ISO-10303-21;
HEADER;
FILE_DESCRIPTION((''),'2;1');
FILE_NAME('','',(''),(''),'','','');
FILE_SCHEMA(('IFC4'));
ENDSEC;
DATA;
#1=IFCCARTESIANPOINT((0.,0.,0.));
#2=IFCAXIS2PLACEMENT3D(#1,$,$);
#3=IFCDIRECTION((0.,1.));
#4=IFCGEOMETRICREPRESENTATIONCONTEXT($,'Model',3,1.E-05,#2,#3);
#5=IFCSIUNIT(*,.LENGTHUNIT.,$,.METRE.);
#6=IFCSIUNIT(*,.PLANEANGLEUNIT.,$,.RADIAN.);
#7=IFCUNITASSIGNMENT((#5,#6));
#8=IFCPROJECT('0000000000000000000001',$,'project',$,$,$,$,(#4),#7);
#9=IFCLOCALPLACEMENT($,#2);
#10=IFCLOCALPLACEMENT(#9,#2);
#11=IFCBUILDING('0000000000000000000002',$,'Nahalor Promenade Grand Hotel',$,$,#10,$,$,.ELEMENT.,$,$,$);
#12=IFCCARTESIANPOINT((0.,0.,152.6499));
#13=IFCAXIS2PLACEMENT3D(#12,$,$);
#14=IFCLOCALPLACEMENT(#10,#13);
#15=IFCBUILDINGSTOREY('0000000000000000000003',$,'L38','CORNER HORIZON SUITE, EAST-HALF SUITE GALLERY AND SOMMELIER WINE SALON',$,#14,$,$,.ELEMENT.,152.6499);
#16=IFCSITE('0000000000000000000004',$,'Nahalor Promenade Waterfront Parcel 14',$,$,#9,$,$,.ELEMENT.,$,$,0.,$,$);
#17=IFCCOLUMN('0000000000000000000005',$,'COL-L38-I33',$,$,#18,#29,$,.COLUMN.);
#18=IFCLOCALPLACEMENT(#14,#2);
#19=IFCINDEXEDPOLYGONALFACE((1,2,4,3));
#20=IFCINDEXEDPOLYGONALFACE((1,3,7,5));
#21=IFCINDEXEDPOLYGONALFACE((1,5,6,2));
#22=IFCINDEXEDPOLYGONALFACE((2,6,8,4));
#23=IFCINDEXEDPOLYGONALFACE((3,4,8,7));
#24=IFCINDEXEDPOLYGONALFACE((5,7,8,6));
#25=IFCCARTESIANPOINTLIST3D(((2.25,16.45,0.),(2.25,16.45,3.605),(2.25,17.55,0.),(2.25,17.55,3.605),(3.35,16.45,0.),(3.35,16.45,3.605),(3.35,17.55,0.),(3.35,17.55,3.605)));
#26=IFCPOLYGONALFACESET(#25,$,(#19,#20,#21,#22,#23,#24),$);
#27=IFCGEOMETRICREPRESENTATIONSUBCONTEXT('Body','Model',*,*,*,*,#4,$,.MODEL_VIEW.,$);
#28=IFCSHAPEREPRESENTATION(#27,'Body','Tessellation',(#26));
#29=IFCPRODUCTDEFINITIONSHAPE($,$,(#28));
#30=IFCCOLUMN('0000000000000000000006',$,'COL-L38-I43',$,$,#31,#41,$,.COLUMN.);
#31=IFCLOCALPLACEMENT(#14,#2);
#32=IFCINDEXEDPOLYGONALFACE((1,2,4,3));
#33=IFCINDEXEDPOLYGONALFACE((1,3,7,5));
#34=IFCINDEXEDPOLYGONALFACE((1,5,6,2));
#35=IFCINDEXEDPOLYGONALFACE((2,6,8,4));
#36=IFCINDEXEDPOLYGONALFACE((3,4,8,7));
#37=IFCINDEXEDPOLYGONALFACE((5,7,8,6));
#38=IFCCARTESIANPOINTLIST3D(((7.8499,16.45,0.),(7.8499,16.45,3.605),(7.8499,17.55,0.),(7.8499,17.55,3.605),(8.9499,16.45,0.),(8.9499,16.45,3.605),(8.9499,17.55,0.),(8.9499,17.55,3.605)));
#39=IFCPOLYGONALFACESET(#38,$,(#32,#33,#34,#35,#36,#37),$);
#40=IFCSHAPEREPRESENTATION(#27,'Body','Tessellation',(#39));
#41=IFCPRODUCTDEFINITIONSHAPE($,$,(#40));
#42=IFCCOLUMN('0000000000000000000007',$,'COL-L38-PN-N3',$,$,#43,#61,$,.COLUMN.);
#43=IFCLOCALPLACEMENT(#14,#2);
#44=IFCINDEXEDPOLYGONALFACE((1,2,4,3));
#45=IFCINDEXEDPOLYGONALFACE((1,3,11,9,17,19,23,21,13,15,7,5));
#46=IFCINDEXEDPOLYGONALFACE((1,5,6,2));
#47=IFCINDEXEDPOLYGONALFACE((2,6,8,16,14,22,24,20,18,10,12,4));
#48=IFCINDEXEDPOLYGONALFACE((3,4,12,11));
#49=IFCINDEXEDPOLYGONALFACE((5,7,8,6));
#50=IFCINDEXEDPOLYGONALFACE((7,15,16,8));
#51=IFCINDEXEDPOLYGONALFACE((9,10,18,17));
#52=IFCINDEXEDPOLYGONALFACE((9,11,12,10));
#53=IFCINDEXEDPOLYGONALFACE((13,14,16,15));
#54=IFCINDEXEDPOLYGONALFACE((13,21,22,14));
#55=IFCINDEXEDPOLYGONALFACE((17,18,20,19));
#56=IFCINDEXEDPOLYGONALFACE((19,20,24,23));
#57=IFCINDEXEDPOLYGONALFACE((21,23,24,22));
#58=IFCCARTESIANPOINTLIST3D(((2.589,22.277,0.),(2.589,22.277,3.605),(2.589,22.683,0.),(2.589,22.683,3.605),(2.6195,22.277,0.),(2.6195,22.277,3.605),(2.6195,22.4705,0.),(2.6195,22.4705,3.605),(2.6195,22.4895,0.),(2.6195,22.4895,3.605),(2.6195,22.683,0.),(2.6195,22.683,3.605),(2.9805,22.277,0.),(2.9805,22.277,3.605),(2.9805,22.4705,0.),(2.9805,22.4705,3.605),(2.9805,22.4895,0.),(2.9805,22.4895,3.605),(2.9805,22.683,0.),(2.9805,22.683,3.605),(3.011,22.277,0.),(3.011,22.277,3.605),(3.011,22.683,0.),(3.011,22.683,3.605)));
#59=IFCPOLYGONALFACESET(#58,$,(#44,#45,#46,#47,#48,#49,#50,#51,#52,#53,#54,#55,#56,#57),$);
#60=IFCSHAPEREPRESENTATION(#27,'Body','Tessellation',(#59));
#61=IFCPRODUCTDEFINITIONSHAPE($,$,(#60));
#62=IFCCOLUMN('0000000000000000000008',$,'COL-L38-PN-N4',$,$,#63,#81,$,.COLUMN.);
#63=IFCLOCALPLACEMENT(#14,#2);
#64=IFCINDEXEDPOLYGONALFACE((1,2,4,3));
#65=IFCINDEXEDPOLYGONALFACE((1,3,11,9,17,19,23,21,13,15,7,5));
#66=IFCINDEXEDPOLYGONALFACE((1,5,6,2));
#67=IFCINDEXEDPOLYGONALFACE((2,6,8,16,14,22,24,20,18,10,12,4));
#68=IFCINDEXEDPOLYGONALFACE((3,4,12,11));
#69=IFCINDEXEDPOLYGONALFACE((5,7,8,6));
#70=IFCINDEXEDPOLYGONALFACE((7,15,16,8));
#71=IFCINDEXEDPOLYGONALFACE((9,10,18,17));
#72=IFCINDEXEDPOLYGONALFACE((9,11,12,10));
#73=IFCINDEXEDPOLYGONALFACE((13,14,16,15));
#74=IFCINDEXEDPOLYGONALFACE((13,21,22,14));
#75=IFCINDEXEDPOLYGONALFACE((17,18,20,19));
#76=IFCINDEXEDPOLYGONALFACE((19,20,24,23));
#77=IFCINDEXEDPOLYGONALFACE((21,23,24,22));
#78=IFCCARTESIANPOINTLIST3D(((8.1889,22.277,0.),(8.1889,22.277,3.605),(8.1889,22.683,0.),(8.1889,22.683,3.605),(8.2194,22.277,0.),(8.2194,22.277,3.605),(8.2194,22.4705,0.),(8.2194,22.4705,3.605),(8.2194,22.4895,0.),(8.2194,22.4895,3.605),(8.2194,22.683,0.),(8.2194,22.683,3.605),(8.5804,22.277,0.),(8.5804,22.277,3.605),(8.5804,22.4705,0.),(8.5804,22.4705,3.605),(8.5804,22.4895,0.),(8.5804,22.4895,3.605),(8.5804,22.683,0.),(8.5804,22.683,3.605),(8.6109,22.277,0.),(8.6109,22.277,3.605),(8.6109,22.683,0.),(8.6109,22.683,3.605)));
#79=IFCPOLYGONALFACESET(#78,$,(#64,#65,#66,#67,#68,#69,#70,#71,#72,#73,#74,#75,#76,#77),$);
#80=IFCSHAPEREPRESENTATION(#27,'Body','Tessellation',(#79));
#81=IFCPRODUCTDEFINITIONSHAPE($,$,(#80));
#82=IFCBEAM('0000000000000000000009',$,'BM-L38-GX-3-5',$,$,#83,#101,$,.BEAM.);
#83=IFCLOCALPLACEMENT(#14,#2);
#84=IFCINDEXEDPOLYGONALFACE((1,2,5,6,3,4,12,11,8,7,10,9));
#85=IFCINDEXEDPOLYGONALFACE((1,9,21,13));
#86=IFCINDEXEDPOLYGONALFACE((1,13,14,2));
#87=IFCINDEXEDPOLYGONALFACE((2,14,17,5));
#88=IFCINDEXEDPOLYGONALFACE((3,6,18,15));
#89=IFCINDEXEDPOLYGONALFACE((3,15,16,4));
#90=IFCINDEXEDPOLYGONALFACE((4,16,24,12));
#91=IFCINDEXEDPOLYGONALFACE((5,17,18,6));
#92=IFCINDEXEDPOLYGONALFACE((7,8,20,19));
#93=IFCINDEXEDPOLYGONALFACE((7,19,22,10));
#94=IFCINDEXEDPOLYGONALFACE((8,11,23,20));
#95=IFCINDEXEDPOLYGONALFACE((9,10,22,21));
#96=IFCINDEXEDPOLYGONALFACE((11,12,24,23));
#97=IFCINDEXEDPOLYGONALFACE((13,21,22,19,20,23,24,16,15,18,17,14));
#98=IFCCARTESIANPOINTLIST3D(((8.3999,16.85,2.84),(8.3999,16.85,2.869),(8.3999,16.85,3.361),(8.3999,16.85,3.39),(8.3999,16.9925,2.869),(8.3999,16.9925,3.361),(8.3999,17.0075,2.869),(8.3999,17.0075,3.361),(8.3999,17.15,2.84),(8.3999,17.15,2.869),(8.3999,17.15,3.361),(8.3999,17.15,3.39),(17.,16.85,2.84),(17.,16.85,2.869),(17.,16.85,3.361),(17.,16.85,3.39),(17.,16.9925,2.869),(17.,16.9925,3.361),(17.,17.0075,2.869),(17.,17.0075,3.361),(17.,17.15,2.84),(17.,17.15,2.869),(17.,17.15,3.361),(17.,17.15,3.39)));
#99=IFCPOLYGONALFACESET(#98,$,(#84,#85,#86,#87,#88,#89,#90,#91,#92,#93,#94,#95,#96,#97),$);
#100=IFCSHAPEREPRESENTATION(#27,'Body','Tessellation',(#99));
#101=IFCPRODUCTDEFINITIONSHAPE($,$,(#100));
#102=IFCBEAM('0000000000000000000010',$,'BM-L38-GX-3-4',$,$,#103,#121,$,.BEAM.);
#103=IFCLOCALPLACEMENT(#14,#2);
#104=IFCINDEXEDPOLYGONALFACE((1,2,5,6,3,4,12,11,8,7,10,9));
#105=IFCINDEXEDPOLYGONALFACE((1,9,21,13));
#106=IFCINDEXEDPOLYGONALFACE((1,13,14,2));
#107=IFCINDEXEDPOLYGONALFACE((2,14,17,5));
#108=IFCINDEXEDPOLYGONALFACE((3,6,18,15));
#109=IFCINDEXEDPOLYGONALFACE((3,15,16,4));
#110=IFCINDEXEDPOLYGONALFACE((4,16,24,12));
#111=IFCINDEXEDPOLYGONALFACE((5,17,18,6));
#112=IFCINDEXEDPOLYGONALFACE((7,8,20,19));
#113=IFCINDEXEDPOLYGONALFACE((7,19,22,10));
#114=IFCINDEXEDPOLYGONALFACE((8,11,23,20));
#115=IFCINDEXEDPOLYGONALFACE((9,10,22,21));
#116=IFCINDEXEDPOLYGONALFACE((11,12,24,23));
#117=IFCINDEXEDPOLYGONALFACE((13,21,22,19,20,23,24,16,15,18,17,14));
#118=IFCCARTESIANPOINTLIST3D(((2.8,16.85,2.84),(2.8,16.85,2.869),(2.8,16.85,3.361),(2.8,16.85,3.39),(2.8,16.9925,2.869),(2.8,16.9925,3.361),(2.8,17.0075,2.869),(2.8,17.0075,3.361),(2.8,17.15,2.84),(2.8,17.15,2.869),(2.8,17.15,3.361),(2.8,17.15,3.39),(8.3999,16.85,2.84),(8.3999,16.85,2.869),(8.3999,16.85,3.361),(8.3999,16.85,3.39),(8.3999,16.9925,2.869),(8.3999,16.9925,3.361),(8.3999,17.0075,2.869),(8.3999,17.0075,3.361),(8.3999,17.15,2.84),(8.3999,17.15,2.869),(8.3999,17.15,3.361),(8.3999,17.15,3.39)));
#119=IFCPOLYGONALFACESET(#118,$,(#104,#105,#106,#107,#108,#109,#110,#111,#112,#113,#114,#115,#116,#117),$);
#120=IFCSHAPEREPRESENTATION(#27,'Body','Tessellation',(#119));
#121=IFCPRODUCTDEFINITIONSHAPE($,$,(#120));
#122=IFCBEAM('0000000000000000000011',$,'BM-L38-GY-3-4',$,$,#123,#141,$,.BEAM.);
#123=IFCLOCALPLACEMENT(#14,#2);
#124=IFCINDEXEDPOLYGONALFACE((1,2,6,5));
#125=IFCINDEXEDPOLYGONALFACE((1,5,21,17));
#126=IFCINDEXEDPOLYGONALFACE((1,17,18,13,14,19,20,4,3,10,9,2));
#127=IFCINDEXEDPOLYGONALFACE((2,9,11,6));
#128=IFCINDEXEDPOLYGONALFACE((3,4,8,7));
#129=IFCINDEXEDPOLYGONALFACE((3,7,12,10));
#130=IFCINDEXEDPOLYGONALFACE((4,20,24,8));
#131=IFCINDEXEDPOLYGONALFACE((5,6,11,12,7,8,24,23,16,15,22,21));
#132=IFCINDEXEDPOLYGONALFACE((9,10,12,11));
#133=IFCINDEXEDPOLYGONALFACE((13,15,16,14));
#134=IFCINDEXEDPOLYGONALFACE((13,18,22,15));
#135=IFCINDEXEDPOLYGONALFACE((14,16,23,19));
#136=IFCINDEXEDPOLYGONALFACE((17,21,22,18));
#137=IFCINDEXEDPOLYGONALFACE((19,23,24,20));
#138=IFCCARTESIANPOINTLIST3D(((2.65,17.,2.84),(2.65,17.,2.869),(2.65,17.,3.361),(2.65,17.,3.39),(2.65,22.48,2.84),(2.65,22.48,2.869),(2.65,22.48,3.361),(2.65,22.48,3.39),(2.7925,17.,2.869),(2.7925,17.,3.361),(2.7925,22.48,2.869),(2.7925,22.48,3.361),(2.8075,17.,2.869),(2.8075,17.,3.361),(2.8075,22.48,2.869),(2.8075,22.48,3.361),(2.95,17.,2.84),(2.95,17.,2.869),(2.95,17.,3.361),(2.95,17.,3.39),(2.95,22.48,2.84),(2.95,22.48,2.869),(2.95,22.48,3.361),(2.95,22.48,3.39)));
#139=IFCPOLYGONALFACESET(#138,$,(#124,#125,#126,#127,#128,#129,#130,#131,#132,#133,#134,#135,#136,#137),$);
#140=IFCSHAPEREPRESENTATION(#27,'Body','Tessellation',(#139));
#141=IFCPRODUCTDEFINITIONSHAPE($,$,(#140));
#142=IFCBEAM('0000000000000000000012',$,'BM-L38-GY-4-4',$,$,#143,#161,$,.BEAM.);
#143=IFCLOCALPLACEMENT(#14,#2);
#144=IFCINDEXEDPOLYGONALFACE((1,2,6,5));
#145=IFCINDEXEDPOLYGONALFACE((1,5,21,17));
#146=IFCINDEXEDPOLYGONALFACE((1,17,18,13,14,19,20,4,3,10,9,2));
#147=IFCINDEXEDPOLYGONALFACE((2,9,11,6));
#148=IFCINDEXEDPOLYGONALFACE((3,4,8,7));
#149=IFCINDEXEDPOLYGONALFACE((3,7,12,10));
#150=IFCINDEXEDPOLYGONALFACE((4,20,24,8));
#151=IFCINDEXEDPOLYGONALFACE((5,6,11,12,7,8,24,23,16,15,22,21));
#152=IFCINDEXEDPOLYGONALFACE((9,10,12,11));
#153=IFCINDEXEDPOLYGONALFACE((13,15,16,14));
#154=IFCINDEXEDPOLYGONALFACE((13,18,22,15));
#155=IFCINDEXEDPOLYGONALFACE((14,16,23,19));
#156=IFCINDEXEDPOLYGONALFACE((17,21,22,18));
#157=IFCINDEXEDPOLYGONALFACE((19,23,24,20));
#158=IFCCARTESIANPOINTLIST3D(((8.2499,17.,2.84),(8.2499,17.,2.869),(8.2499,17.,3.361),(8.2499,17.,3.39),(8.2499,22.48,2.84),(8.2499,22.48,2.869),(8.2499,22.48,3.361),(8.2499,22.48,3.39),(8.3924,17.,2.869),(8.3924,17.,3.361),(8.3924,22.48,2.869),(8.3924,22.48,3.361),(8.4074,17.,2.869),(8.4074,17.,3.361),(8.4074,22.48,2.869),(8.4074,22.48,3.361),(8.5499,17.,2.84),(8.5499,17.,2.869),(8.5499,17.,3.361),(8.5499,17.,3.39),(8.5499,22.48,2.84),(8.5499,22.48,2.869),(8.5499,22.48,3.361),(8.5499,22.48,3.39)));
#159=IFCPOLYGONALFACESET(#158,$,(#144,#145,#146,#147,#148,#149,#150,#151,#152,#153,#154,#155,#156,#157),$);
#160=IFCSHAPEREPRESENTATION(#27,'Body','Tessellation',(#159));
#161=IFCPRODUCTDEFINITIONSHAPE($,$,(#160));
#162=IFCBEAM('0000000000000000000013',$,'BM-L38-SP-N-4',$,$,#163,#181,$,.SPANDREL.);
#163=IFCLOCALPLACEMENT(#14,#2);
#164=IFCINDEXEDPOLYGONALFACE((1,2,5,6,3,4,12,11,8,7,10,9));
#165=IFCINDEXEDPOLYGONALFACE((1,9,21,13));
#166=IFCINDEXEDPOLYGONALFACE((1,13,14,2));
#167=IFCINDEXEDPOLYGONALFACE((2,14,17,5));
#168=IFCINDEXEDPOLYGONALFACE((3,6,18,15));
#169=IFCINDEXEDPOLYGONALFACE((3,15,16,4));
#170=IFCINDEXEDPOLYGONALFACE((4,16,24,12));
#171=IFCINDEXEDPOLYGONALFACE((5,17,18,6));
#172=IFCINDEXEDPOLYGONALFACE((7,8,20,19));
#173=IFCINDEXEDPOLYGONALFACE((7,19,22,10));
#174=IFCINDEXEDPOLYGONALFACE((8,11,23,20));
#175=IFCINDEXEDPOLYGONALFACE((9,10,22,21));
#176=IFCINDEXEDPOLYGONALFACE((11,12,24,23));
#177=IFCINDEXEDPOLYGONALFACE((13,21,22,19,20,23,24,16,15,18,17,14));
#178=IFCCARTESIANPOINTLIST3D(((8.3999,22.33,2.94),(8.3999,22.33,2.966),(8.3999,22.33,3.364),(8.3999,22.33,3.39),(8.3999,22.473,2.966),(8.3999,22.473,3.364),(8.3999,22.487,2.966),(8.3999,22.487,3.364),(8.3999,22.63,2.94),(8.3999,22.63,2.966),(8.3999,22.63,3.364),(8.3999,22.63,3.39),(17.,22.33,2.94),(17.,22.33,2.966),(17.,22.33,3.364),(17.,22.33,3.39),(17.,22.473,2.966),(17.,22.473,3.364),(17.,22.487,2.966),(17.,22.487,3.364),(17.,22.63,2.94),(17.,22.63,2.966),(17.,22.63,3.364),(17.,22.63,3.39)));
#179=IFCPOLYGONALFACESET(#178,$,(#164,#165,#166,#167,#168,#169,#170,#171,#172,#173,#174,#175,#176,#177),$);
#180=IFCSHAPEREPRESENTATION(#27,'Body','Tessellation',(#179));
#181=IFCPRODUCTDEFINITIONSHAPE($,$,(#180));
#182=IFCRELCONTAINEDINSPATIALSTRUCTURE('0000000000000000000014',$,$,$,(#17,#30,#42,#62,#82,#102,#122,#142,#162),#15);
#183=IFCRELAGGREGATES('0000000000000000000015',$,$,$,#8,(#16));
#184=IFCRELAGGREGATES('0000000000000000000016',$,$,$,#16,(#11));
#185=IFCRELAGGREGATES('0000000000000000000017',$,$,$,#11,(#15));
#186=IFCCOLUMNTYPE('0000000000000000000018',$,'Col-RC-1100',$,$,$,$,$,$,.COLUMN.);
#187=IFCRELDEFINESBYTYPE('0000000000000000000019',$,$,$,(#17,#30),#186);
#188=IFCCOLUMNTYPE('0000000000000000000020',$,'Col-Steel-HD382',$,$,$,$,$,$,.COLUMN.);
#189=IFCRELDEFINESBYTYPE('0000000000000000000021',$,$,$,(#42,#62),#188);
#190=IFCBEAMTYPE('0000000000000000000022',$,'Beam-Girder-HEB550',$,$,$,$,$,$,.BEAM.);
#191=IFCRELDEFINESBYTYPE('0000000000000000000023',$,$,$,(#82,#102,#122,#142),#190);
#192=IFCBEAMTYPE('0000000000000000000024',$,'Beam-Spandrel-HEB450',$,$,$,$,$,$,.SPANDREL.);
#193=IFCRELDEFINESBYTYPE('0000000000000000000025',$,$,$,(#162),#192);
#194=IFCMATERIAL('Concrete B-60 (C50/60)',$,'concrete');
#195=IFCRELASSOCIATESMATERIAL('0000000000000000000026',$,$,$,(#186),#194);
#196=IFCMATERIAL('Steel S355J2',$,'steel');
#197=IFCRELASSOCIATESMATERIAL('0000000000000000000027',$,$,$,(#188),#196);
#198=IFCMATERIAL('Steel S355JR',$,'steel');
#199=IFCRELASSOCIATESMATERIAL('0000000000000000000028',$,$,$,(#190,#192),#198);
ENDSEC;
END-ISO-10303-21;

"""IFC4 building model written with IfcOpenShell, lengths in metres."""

from ifc_helpers import new_model, si_unit, direction, frame, origin, origin_2d, place, context, subcontext, project, spatial, rectangle, i_section, extrude, source, transform, mapped, material, material_profile, profile_set, type_object, element, save


model = new_model("IFC4")

# Units and contexts
model_context = context("Model", 3, precision=1e-05, world=origin(), true_north=direction((0.0, 1.0)))
body_context = subcontext(model_context, "Body", "Model", "MODEL_VIEW")
ifc_project = project(units=[si_unit("LENGTHUNIT", "METRE"), si_unit("PLANEANGLEUNIT", "RADIAN")], contexts=[model_context])

# Site, building, storey
site_placement = place(None, origin())
site = spatial("IfcSite", under=ifc_project, at=site_placement, Name="Nahalor Promenade Waterfront Parcel 14", CompositionType="ELEMENT", RefElevation=0.0)
building_placement = place(site_placement, origin())
building = spatial("IfcBuilding", under=site, at=building_placement, Name="Nahalor Promenade Grand Hotel", CompositionType="ELEMENT")
storey_placement = place(building_placement, frame((0.0, 0.0, 152.6499)))
storey = spatial("IfcBuildingStorey", under=building, at=storey_placement, Name="L38", Description="CORNER HORIZON SUITE, EAST-HALF SUITE GALLERY AND SOMMELIER WINE SALON", CompositionType="ELEMENT", Elevation=152.6499)

# Columns
ifc_material_1 = material(Name="Concrete B-60 (C50/60)", Category="concrete")
ifc_material_profile_1 = material_profile(ifc_material_1, rectangle(XDim=1.1, YDim=1.1, at=origin_2d()), Name="RC 1100x1100")
ifc_profile_set_1 = profile_set([ifc_material_profile_1], Name="Concrete B-60 (C50/60)")
column_type_1 = type_object("IfcColumnType", Name="Col-RC-1100", PredefinedType="COLUMN", material=ifc_profile_set_1)
shared_shape_1 = source(origin(), body_context, "Body", "SweptSolid", [
    extrude(rectangle(XDim=1.1, YDim=1.1, at=origin_2d()), origin(), (0.0, 0.0, 1.0), 3.605),
])
for number, where, z_axis, x_axis, name in (
    (1, (2.8, 17.0, 0.0), (0.0, 0.0, 1.0), (1.0, 0.0, 0.0), "COL-L38-I33"),
    (2, (8.3999, 17.0, 0.0), (0.0, 0.0, 1.0), (1.0, 0.0, 0.0), "COL-L38-I43"),
):
    element("IfcColumn", number, at=place(storey_placement, frame(where, z_axis=z_axis, x_axis=x_axis)), inside=storey, type_object=column_type_1, Name=name, PredefinedType="COLUMN", context=body_context, shape_type="MappedRepresentation", body=[
        mapped(shared_shape_1, transform((0.0, 0.0, 0.0), scale=1.0)),
    ])
ifc_material_2 = material(Name="Steel S355J2", Category="steel")
ifc_material_profile_2 = material_profile(ifc_material_2, i_section(OverallWidth=0.406, OverallDepth=0.422, WebThickness=0.019, FlangeThickness=0.0305, at=origin_2d()), Name="HD 400x382")
ifc_profile_set_2 = profile_set([ifc_material_profile_2], Name="Steel S355J2")
column_type_2 = type_object("IfcColumnType", Name="Col-Steel-HD382", PredefinedType="COLUMN", material=ifc_profile_set_2)
shared_shape_2 = source(origin(), body_context, "Body", "SweptSolid", [
    extrude(i_section(OverallWidth=0.406, OverallDepth=0.422, WebThickness=0.019, FlangeThickness=0.0305, at=origin_2d()), origin(), (0.0, 0.0, 1.0), 3.605),
])
for number, where, z_axis, x_axis, name in (
    (3, (2.8, 22.48, 0.0), (0.0, 0.0, 1.0), (0.0, 1.0, 0.0), "COL-L38-PN-N3"),
    (4, (8.3999, 22.48, 0.0), (0.0, 0.0, 1.0), (0.0, 1.0, 0.0), "COL-L38-PN-N4"),
):
    element("IfcColumn", number, at=place(storey_placement, frame(where, z_axis=z_axis, x_axis=x_axis)), inside=storey, type_object=column_type_2, Name=name, PredefinedType="COLUMN", context=body_context, shape_type="MappedRepresentation", body=[
        mapped(shared_shape_2, transform((0.0, 0.0, 0.0), scale=1.0)),
    ])

# Beams
ifc_material_3 = material(Name="Steel S355JR", Category="steel")
ifc_material_profile_3 = material_profile(ifc_material_3, i_section(OverallWidth=0.3, OverallDepth=0.55, WebThickness=0.015, FlangeThickness=0.029, at=origin_2d()), Name="HEB 550")
ifc_profile_set_3 = profile_set([ifc_material_profile_3], Name="Steel S355JR")
beam_type_1 = type_object("IfcBeamType", Name="Beam-Girder-HEB550", PredefinedType="BEAM", material=ifc_profile_set_3)
shared_shape_3 = source(origin(), body_context, "Body", "SweptSolid", [
    extrude(i_section(OverallWidth=0.3, OverallDepth=0.55, WebThickness=0.015, FlangeThickness=0.029, at=origin_2d()), origin(), (0.0, 0.0, 1.0), 8.6001),
])
beam_1_placement = place(storey_placement, frame((8.3999, 17.0, 3.115), z_axis=(1.0, 0.0, 0.0), x_axis=(0.0, 1.0, 0.0)))
element("IfcBeam", 5, at=beam_1_placement, inside=storey, type_object=beam_type_1, Name="BM-L38-GX-3-5", PredefinedType="BEAM", context=body_context, shape_type="MappedRepresentation", body=[
    mapped(shared_shape_3, transform((0.0, 0.0, 0.0), scale=1.0)),
])
shared_shape_4 = source(origin(), body_context, "Body", "SweptSolid", [
    extrude(i_section(OverallWidth=0.3, OverallDepth=0.55, WebThickness=0.015, FlangeThickness=0.029, at=origin_2d()), origin(), (0.0, 0.0, 1.0), 5.5999),
])
beam_2_placement = place(storey_placement, frame((2.8, 17.0, 3.115), z_axis=(1.0, 0.0, 0.0), x_axis=(0.0, 1.0, 0.0)))
element("IfcBeam", 6, at=beam_2_placement, inside=storey, type_object=beam_type_1, Name="BM-L38-GX-3-4", PredefinedType="BEAM", context=body_context, shape_type="MappedRepresentation", body=[
    mapped(shared_shape_4, transform((0.0, 0.0, 0.0), scale=1.0)),
])
shared_shape_5 = source(origin(), body_context, "Body", "SweptSolid", [
    extrude(i_section(OverallWidth=0.3, OverallDepth=0.55, WebThickness=0.015, FlangeThickness=0.029, at=origin_2d()), origin(), (0.0, 0.0, 1.0), 5.48),
])
for number, where, z_axis, x_axis, name in (
    (7, (2.8, 17.0, 3.115), (0.0, 1.0, 0.0), (-1.0, 0.0, 0.0), "BM-L38-GY-3-4"),
    (8, (8.3999, 17.0, 3.115), (0.0, 1.0, 0.0), (-1.0, 0.0, 0.0), "BM-L38-GY-4-4"),
):
    element("IfcBeam", number, at=place(storey_placement, frame(where, z_axis=z_axis, x_axis=x_axis)), inside=storey, type_object=beam_type_1, Name=name, PredefinedType="BEAM", context=body_context, shape_type="MappedRepresentation", body=[
        mapped(shared_shape_5, transform((0.0, 0.0, 0.0), scale=1.0)),
    ])
ifc_material_profile_4 = material_profile(ifc_material_3, i_section(OverallWidth=0.3, OverallDepth=0.45, WebThickness=0.014, FlangeThickness=0.026, at=origin_2d()), Name="HEB 450")
ifc_profile_set_4 = profile_set([ifc_material_profile_4], Name="Steel S355JR")
beam_type_2 = type_object("IfcBeamType", Name="Beam-Spandrel-HEB450", PredefinedType="SPANDREL", material=ifc_profile_set_4)
shared_shape_6 = source(origin(), body_context, "Body", "SweptSolid", [
    extrude(i_section(OverallWidth=0.3, OverallDepth=0.45, WebThickness=0.014, FlangeThickness=0.026, at=origin_2d()), origin(), (0.0, 0.0, 1.0), 8.6001),
])
beam_3_placement = place(storey_placement, frame((8.3999, 22.48, 3.165), z_axis=(1.0, 0.0, 0.0), x_axis=(0.0, 1.0, 0.0)))
element("IfcBeam", 9, at=beam_3_placement, inside=storey, type_object=beam_type_2, Name="BM-L38-SP-N-4", PredefinedType="SPANDREL", context=body_context, shape_type="MappedRepresentation", body=[
    mapped(shared_shape_6, transform((0.0, 0.0, 0.0), scale=1.0)),
])

save(model, "model.ifc")
